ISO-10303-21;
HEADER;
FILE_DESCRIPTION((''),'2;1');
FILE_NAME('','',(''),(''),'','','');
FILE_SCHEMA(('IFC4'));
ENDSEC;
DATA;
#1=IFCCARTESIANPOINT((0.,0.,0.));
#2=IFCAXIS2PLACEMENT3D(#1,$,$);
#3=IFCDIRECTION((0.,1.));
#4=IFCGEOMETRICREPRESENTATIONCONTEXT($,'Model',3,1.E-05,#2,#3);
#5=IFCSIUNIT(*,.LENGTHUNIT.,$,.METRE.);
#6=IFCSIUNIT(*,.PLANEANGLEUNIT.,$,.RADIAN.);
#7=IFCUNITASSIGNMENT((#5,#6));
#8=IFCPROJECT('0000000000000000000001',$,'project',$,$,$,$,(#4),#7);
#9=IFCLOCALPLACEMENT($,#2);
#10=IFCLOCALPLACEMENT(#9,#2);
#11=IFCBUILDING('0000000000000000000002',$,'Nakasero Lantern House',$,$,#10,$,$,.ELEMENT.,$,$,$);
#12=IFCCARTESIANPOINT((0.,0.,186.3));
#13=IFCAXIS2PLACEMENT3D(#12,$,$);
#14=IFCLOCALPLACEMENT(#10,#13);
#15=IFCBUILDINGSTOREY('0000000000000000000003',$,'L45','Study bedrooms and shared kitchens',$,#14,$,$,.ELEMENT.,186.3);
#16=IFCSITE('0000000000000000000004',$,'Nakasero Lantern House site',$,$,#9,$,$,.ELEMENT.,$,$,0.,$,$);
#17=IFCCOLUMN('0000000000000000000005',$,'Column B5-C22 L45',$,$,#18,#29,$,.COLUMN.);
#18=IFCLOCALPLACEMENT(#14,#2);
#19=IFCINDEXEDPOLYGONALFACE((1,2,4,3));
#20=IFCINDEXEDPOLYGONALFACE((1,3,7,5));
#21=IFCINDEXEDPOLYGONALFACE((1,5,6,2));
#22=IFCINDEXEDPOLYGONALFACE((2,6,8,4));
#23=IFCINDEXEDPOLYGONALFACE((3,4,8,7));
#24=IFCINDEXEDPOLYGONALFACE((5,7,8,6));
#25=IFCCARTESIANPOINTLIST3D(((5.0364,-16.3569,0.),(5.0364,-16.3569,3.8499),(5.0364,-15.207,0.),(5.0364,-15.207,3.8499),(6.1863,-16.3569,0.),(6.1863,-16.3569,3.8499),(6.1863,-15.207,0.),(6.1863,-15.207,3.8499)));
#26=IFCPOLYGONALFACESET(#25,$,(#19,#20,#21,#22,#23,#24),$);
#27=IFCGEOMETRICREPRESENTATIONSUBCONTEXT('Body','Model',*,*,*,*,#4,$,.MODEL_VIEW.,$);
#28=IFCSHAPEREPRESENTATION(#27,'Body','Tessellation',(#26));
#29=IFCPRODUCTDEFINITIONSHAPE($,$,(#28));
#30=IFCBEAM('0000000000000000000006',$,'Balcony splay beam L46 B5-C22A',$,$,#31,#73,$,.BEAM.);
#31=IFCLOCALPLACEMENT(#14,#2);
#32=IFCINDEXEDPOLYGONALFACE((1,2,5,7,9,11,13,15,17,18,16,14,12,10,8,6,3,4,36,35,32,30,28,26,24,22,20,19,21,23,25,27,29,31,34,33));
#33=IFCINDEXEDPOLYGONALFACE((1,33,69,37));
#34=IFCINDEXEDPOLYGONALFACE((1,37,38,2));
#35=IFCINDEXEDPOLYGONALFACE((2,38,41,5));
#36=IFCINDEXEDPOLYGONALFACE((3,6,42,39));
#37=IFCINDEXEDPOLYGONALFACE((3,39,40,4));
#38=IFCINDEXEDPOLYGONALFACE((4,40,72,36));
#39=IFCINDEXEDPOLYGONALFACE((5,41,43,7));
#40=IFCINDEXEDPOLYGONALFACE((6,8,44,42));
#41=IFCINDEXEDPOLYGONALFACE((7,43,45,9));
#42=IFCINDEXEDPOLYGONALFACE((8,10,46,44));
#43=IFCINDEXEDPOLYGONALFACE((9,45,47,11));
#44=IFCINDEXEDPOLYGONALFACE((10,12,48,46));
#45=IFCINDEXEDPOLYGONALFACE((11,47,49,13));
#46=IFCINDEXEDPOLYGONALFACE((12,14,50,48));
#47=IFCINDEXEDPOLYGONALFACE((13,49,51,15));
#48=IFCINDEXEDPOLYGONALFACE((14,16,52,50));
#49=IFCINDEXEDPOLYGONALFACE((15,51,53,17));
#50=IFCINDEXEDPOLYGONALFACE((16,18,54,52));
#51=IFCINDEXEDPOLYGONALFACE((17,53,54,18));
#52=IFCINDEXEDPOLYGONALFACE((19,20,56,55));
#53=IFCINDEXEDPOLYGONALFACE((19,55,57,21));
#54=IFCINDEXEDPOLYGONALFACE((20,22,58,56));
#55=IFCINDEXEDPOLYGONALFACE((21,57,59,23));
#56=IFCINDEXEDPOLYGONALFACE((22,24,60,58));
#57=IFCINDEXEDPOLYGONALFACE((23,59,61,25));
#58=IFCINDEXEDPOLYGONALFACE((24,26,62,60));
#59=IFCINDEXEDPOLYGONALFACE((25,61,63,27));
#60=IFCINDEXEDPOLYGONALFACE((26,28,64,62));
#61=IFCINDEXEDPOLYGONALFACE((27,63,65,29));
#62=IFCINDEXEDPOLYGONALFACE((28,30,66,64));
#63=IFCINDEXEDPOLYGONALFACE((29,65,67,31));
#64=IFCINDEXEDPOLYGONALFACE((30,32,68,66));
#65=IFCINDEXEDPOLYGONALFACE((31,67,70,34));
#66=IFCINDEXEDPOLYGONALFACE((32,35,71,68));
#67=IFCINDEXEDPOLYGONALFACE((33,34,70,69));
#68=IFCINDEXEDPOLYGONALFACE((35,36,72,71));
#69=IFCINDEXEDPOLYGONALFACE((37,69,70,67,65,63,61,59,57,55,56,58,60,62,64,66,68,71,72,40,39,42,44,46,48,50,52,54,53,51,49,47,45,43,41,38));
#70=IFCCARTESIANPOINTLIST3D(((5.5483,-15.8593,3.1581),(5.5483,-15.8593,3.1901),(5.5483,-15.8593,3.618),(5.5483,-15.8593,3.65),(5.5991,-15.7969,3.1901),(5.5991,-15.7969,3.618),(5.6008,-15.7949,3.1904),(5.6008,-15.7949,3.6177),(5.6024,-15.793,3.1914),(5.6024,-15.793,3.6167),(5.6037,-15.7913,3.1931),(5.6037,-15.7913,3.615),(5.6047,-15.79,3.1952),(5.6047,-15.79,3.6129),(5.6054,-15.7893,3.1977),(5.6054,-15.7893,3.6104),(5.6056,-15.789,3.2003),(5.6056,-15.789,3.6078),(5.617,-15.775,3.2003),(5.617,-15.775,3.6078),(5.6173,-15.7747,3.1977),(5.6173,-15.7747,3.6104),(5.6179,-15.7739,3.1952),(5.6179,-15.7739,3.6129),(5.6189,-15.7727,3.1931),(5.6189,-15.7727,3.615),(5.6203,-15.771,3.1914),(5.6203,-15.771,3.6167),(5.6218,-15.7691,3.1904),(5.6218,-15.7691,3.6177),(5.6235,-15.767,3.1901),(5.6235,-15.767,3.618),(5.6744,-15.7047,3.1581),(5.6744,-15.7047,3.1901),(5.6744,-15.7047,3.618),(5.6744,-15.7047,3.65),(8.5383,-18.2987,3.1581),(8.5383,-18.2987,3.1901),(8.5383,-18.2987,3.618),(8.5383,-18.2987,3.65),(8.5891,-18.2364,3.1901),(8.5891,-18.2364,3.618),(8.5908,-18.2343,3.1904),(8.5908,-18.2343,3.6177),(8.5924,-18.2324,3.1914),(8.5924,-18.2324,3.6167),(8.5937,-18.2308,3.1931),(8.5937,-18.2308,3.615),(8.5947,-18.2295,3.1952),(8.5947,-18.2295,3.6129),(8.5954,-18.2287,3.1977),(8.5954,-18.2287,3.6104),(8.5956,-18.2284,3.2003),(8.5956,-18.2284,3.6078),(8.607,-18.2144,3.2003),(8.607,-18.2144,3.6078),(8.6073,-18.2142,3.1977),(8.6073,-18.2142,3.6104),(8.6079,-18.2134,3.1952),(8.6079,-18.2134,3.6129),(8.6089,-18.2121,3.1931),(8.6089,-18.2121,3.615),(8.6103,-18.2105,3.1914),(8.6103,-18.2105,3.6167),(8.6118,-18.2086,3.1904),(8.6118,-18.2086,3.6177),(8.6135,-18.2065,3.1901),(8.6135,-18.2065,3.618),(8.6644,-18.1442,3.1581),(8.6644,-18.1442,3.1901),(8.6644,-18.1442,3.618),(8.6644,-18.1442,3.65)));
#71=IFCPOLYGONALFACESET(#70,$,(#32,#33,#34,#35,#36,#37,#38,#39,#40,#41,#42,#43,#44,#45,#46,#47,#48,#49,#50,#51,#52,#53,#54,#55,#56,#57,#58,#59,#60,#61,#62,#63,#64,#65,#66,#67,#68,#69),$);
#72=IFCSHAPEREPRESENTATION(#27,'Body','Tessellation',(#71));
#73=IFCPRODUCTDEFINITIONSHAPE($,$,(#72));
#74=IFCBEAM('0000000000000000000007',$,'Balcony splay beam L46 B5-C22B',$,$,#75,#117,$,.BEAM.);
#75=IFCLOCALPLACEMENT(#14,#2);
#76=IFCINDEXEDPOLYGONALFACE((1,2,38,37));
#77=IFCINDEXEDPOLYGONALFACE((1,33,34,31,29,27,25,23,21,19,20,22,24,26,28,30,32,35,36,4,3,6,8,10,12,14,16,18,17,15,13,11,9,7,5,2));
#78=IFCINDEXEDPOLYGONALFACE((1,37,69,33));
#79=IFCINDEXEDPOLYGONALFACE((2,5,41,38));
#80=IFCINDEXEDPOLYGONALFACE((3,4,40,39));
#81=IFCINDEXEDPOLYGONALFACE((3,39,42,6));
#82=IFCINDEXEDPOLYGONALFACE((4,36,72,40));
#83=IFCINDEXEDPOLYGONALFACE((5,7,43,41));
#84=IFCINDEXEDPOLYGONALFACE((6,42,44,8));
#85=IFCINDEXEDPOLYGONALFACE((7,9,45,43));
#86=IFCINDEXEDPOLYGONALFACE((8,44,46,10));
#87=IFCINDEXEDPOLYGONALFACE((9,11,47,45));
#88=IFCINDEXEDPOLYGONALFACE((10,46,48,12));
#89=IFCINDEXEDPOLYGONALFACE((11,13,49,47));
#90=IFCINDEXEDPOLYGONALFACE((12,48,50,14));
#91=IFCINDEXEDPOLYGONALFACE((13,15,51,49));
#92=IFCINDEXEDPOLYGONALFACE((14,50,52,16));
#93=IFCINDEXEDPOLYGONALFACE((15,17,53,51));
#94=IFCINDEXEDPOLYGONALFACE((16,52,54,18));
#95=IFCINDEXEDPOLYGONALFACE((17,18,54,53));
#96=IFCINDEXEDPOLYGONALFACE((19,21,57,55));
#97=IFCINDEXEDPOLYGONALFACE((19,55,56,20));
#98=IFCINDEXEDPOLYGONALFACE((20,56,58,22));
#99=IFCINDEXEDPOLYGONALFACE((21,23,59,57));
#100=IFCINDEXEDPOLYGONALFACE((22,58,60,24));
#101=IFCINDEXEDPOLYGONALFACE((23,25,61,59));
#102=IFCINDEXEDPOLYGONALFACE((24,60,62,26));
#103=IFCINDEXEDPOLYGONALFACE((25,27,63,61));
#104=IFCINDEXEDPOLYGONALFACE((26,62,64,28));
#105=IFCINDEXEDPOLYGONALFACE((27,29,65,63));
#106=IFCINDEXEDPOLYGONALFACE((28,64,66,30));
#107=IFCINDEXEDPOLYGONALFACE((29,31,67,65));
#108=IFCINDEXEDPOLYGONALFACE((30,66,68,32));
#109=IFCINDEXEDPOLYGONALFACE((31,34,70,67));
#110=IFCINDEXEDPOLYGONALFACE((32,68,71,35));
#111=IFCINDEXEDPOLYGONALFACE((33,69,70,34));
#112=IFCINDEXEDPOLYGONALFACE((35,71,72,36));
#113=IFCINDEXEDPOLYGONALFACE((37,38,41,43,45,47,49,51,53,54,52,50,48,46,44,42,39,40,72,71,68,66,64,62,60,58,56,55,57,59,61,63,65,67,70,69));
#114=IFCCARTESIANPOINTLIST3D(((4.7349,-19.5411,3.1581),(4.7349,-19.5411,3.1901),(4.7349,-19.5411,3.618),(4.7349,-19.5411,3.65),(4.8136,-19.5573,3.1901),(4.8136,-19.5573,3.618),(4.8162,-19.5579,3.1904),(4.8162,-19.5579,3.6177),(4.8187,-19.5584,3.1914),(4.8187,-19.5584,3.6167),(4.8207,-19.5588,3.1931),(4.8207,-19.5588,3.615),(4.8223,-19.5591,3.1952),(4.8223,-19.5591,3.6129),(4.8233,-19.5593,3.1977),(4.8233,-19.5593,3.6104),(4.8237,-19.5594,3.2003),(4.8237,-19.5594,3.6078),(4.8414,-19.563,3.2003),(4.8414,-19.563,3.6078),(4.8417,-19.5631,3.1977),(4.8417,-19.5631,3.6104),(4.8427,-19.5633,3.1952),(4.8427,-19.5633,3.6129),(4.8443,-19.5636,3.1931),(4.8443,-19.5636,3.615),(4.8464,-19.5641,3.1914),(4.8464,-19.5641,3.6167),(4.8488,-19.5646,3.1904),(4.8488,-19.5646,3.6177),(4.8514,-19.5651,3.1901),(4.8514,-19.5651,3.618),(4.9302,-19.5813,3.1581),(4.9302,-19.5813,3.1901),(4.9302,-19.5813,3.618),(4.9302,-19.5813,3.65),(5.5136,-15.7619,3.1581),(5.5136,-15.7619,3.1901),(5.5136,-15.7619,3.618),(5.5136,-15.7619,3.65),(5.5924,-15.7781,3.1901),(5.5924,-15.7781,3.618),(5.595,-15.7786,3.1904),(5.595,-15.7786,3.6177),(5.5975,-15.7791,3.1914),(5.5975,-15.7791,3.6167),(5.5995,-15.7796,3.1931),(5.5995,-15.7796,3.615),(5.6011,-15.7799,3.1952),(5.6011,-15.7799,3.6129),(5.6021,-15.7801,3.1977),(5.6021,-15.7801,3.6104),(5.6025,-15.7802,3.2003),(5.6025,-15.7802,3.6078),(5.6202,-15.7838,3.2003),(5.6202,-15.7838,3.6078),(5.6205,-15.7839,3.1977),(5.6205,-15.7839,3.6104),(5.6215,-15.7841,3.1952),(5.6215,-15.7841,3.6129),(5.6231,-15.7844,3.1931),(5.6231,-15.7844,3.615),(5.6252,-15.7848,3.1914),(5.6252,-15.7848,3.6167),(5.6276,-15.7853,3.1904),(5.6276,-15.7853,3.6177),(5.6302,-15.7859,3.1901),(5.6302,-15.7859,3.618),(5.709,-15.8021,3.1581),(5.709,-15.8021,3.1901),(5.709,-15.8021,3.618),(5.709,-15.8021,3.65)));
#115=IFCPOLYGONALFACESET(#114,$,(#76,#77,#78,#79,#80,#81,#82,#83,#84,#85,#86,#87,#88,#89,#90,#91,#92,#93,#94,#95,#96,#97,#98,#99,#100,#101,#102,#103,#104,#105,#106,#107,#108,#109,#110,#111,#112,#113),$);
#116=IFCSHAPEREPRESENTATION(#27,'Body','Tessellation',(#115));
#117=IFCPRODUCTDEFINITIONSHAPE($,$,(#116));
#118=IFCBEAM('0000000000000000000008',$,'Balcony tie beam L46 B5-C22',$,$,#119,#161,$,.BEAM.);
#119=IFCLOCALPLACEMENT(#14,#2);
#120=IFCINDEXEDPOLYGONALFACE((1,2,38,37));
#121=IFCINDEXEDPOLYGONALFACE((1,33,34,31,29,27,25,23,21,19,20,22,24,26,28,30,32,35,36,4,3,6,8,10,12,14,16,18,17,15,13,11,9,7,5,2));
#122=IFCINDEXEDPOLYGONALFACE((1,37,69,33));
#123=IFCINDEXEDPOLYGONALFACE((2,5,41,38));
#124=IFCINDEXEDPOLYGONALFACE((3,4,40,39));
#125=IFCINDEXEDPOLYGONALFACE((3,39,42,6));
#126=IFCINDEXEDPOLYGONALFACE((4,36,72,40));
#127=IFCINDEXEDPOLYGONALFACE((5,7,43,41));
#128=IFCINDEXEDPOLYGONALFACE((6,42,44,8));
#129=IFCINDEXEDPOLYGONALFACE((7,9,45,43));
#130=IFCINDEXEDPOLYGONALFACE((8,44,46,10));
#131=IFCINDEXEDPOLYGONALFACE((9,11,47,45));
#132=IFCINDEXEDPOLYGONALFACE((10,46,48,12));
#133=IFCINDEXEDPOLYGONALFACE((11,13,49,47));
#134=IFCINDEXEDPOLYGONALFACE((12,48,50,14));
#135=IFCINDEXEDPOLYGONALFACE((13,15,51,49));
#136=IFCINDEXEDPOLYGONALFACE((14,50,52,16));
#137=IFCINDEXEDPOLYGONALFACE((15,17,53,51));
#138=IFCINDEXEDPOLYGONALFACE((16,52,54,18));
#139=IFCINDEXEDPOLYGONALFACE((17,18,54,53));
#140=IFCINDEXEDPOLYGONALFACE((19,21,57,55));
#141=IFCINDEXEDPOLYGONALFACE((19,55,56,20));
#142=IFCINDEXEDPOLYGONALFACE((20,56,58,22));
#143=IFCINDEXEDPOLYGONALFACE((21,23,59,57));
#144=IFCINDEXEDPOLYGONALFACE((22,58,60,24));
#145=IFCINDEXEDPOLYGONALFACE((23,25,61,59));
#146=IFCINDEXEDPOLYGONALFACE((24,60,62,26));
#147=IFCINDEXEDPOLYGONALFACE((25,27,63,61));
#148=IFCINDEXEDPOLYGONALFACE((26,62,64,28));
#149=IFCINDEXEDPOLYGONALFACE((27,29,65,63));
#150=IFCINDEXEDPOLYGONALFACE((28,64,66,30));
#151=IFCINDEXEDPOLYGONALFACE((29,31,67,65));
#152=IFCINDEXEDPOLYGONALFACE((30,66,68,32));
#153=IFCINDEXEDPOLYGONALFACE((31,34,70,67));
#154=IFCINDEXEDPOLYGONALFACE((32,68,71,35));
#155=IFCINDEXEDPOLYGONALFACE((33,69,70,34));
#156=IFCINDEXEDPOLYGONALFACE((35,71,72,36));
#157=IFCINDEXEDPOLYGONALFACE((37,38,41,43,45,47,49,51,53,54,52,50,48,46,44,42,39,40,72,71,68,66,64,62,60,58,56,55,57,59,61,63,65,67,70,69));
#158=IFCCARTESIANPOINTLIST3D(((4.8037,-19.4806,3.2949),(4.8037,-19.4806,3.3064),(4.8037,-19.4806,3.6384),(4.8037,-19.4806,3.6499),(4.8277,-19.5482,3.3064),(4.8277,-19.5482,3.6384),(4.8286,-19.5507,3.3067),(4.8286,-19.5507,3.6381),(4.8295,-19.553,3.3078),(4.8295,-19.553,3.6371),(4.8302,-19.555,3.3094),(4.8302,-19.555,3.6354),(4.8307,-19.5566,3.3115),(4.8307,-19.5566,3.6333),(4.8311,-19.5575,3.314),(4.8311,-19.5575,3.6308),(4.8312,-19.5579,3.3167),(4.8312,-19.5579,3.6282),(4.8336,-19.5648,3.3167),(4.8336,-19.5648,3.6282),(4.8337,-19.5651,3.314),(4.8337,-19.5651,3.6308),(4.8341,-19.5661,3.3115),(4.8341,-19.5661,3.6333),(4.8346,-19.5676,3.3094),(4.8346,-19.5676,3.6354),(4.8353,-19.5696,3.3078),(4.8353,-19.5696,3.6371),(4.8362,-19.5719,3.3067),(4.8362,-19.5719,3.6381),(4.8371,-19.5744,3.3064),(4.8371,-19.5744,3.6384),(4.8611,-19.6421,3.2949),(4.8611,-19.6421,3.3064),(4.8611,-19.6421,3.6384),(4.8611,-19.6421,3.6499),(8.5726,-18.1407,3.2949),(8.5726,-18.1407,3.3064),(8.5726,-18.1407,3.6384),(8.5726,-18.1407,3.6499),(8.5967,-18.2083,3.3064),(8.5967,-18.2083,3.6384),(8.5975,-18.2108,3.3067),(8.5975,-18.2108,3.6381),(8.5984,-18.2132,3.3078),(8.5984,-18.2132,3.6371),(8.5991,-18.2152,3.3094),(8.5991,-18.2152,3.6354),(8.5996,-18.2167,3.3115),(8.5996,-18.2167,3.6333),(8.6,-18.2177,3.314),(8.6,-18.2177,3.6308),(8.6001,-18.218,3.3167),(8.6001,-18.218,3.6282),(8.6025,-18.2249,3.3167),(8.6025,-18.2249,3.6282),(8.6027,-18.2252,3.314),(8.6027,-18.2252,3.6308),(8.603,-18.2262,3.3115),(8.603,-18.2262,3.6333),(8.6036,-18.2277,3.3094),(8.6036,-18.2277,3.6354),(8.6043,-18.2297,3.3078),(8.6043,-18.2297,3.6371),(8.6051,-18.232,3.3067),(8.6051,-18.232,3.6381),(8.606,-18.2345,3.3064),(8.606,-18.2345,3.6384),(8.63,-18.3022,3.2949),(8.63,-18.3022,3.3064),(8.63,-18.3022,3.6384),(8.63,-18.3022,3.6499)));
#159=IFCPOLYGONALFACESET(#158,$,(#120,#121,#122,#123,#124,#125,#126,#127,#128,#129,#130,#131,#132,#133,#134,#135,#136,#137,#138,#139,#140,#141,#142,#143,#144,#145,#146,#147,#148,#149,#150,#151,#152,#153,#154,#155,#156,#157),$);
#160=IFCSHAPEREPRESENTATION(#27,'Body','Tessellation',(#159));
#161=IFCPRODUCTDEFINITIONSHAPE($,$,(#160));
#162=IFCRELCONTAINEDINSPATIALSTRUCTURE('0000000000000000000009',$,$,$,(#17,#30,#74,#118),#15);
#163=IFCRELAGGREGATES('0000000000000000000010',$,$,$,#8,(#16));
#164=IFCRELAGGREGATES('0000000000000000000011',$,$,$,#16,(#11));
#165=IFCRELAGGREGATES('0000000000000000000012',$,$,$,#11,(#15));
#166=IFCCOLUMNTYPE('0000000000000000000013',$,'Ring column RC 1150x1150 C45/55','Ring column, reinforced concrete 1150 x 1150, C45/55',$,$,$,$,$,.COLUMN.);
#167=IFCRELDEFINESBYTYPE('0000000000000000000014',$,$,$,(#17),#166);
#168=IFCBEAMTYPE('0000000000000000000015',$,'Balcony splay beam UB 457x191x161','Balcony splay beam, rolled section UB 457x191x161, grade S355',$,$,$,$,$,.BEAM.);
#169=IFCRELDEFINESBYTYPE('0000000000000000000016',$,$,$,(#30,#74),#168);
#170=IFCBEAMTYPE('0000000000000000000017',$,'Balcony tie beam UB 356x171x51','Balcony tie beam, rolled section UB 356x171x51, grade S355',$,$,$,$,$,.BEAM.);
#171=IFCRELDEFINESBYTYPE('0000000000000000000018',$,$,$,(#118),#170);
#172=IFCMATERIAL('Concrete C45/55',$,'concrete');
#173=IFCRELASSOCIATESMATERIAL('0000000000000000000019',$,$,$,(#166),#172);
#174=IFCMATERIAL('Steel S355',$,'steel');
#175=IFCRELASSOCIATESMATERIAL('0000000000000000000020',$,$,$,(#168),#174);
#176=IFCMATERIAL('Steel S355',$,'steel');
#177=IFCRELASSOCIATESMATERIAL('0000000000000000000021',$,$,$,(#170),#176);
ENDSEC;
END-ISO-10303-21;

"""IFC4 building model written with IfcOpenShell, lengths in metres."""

from ifc_helpers import new_model, si_unit, direction, frame, origin, origin_2d, place, context, subcontext, project, spatial, rectangle, i_section, extrude, material, material_profile, profile_set, type_object, element, save


model = new_model("IFC4")

# Units and contexts
model_context = context("Model", 3, precision=1e-05, world=origin(), true_north=direction((0.0, 1.0)))
body_context = subcontext(model_context, "Body", "Model", "MODEL_VIEW")
ifc_project = project(units=[si_unit("LENGTHUNIT", "METRE"), si_unit("PLANEANGLEUNIT", "RADIAN")], contexts=[model_context])

# Site, building, storey
site_placement = place(None, origin())
site = spatial("IfcSite", under=ifc_project, at=site_placement, Name="Nakasero Lantern House site", CompositionType="ELEMENT", RefElevation=0.0)
building_placement = place(site_placement, origin())
building = spatial("IfcBuilding", under=site, at=building_placement, Name="Nakasero Lantern House", CompositionType="ELEMENT")
storey_placement = place(building_placement, frame((0.0, 0.0, 186.3)))
storey = spatial("IfcBuildingStorey", under=building, at=storey_placement, Name="L45", Description="Study bedrooms and shared kitchens", CompositionType="ELEMENT", Elevation=186.3)

# Column
ifc_material_1 = material(Name="Concrete C45/55", Category="concrete")
ifc_material_profile_1 = material_profile(ifc_material_1, rectangle(XDim=1.1499, YDim=1.1499, at=origin_2d()), Name="RC 1150x1150")
ifc_profile_set_1 = profile_set([ifc_material_profile_1], Name="Concrete C45/55")
column_type = type_object("IfcColumnType", Name="Ring column RC 1150x1150 C45/55", Description="Ring column, reinforced concrete 1150 x 1150, C45/55", PredefinedType="COLUMN", material=ifc_profile_set_1)
column_placement = place(storey_placement, frame((5.6113, -15.782, 0.0), z_axis=(0.0, 0.0, 1.0), x_axis=(1.0, 0.0, 0.0)))
element("IfcColumn", 1, at=column_placement, inside=storey, type_object=column_type, Name="Column B5-C22 L45", PredefinedType="COLUMN", context=body_context, shape_type="SweptSolid", body=[
    extrude(rectangle(XDim=1.1499, YDim=1.1499, at=origin_2d()), origin(), (0.0, 0.0, 1.0), 3.8499),
])

# Beams
ifc_material_2 = material(Name="Steel S355", Category="steel")
ifc_material_profile_2 = material_profile(ifc_material_2, i_section(OverallWidth=0.1995, OverallDepth=0.4919, WebThickness=0.0181, FlangeThickness=0.032, FilletRadius=0.0103, at=origin_2d()), Name="UB 457x191x161")
ifc_profile_set_2 = profile_set([ifc_material_profile_2], Name="Steel S355")
beam_type_1 = type_object("IfcBeamType", Name="Balcony splay beam UB 457x191x161", Description="Balcony splay beam, rolled section UB 457x191x161, grade S355", PredefinedType="BEAM", material=ifc_profile_set_2)
beam_1_placement = place(storey_placement, frame((5.6113, -15.782, 3.4041), z_axis=(0.774833, -0.632166, 0.0), x_axis=(0.632166, 0.774833, 0.0)))
element("IfcBeam", 2, at=beam_1_placement, inside=storey, type_object=beam_type_1, Name="Balcony splay beam L46 B5-C22A", PredefinedType="BEAM", context=body_context, shape_type="SweptSolid", body=[
    extrude(i_section(OverallWidth=0.1995, OverallDepth=0.4919, WebThickness=0.0181, FlangeThickness=0.032, FilletRadius=0.0103, at=origin_2d()), origin(), (0.0, 0.0, 1.0), 3.8589),
])
beam_2_placement = place(storey_placement, frame((5.6113, -15.782, 3.4041), z_axis=(-0.201831, -0.97942, 0.0), x_axis=(0.97942, -0.201831, 0.0)))
element("IfcBeam", 3, at=beam_2_placement, inside=storey, type_object=beam_type_1, Name="Balcony splay beam L46 B5-C22B", PredefinedType="BEAM", context=body_context, shape_type="SweptSolid", body=[
    extrude(i_section(OverallWidth=0.1995, OverallDepth=0.4919, WebThickness=0.0181, FlangeThickness=0.032, FilletRadius=0.0103, at=origin_2d()), origin(), (0.0, 0.0, 1.0), 3.8586),
])
ifc_material_3 = material(Name="Steel S355", Category="steel")
ifc_material_profile_3 = material_profile(ifc_material_3, i_section(OverallWidth=0.1714, OverallDepth=0.355, WebThickness=0.0073, FlangeThickness=0.0115, FilletRadius=0.0103, at=origin_2d()), Name="UB 356x171x51")
ifc_profile_set_3 = profile_set([ifc_material_profile_3], Name="Steel S355")
beam_type_2 = type_object("IfcBeamType", Name="Balcony tie beam UB 356x171x51", Description="Balcony tie beam, rolled section UB 356x171x51, grade S355", PredefinedType="BEAM", material=ifc_profile_set_3)
beam_3_placement = place(storey_placement, frame((8.6013, -18.2214, 3.4724), z_axis=(-0.942228, -0.334971, 0.0), x_axis=(0.334971, -0.942228, 0.0)))
element("IfcBeam", 4, at=beam_3_placement, inside=storey, type_object=beam_type_2, Name="Balcony tie beam L46 B5-C22", PredefinedType="BEAM", context=body_context, shape_type="SweptSolid", body=[
    extrude(i_section(OverallWidth=0.1714, OverallDepth=0.355, WebThickness=0.0073, FlangeThickness=0.0115, FilletRadius=0.0103, at=origin_2d()), origin(), (0.0, 0.0, 1.0), 4.0),
])

save(model, "model.ifc")
